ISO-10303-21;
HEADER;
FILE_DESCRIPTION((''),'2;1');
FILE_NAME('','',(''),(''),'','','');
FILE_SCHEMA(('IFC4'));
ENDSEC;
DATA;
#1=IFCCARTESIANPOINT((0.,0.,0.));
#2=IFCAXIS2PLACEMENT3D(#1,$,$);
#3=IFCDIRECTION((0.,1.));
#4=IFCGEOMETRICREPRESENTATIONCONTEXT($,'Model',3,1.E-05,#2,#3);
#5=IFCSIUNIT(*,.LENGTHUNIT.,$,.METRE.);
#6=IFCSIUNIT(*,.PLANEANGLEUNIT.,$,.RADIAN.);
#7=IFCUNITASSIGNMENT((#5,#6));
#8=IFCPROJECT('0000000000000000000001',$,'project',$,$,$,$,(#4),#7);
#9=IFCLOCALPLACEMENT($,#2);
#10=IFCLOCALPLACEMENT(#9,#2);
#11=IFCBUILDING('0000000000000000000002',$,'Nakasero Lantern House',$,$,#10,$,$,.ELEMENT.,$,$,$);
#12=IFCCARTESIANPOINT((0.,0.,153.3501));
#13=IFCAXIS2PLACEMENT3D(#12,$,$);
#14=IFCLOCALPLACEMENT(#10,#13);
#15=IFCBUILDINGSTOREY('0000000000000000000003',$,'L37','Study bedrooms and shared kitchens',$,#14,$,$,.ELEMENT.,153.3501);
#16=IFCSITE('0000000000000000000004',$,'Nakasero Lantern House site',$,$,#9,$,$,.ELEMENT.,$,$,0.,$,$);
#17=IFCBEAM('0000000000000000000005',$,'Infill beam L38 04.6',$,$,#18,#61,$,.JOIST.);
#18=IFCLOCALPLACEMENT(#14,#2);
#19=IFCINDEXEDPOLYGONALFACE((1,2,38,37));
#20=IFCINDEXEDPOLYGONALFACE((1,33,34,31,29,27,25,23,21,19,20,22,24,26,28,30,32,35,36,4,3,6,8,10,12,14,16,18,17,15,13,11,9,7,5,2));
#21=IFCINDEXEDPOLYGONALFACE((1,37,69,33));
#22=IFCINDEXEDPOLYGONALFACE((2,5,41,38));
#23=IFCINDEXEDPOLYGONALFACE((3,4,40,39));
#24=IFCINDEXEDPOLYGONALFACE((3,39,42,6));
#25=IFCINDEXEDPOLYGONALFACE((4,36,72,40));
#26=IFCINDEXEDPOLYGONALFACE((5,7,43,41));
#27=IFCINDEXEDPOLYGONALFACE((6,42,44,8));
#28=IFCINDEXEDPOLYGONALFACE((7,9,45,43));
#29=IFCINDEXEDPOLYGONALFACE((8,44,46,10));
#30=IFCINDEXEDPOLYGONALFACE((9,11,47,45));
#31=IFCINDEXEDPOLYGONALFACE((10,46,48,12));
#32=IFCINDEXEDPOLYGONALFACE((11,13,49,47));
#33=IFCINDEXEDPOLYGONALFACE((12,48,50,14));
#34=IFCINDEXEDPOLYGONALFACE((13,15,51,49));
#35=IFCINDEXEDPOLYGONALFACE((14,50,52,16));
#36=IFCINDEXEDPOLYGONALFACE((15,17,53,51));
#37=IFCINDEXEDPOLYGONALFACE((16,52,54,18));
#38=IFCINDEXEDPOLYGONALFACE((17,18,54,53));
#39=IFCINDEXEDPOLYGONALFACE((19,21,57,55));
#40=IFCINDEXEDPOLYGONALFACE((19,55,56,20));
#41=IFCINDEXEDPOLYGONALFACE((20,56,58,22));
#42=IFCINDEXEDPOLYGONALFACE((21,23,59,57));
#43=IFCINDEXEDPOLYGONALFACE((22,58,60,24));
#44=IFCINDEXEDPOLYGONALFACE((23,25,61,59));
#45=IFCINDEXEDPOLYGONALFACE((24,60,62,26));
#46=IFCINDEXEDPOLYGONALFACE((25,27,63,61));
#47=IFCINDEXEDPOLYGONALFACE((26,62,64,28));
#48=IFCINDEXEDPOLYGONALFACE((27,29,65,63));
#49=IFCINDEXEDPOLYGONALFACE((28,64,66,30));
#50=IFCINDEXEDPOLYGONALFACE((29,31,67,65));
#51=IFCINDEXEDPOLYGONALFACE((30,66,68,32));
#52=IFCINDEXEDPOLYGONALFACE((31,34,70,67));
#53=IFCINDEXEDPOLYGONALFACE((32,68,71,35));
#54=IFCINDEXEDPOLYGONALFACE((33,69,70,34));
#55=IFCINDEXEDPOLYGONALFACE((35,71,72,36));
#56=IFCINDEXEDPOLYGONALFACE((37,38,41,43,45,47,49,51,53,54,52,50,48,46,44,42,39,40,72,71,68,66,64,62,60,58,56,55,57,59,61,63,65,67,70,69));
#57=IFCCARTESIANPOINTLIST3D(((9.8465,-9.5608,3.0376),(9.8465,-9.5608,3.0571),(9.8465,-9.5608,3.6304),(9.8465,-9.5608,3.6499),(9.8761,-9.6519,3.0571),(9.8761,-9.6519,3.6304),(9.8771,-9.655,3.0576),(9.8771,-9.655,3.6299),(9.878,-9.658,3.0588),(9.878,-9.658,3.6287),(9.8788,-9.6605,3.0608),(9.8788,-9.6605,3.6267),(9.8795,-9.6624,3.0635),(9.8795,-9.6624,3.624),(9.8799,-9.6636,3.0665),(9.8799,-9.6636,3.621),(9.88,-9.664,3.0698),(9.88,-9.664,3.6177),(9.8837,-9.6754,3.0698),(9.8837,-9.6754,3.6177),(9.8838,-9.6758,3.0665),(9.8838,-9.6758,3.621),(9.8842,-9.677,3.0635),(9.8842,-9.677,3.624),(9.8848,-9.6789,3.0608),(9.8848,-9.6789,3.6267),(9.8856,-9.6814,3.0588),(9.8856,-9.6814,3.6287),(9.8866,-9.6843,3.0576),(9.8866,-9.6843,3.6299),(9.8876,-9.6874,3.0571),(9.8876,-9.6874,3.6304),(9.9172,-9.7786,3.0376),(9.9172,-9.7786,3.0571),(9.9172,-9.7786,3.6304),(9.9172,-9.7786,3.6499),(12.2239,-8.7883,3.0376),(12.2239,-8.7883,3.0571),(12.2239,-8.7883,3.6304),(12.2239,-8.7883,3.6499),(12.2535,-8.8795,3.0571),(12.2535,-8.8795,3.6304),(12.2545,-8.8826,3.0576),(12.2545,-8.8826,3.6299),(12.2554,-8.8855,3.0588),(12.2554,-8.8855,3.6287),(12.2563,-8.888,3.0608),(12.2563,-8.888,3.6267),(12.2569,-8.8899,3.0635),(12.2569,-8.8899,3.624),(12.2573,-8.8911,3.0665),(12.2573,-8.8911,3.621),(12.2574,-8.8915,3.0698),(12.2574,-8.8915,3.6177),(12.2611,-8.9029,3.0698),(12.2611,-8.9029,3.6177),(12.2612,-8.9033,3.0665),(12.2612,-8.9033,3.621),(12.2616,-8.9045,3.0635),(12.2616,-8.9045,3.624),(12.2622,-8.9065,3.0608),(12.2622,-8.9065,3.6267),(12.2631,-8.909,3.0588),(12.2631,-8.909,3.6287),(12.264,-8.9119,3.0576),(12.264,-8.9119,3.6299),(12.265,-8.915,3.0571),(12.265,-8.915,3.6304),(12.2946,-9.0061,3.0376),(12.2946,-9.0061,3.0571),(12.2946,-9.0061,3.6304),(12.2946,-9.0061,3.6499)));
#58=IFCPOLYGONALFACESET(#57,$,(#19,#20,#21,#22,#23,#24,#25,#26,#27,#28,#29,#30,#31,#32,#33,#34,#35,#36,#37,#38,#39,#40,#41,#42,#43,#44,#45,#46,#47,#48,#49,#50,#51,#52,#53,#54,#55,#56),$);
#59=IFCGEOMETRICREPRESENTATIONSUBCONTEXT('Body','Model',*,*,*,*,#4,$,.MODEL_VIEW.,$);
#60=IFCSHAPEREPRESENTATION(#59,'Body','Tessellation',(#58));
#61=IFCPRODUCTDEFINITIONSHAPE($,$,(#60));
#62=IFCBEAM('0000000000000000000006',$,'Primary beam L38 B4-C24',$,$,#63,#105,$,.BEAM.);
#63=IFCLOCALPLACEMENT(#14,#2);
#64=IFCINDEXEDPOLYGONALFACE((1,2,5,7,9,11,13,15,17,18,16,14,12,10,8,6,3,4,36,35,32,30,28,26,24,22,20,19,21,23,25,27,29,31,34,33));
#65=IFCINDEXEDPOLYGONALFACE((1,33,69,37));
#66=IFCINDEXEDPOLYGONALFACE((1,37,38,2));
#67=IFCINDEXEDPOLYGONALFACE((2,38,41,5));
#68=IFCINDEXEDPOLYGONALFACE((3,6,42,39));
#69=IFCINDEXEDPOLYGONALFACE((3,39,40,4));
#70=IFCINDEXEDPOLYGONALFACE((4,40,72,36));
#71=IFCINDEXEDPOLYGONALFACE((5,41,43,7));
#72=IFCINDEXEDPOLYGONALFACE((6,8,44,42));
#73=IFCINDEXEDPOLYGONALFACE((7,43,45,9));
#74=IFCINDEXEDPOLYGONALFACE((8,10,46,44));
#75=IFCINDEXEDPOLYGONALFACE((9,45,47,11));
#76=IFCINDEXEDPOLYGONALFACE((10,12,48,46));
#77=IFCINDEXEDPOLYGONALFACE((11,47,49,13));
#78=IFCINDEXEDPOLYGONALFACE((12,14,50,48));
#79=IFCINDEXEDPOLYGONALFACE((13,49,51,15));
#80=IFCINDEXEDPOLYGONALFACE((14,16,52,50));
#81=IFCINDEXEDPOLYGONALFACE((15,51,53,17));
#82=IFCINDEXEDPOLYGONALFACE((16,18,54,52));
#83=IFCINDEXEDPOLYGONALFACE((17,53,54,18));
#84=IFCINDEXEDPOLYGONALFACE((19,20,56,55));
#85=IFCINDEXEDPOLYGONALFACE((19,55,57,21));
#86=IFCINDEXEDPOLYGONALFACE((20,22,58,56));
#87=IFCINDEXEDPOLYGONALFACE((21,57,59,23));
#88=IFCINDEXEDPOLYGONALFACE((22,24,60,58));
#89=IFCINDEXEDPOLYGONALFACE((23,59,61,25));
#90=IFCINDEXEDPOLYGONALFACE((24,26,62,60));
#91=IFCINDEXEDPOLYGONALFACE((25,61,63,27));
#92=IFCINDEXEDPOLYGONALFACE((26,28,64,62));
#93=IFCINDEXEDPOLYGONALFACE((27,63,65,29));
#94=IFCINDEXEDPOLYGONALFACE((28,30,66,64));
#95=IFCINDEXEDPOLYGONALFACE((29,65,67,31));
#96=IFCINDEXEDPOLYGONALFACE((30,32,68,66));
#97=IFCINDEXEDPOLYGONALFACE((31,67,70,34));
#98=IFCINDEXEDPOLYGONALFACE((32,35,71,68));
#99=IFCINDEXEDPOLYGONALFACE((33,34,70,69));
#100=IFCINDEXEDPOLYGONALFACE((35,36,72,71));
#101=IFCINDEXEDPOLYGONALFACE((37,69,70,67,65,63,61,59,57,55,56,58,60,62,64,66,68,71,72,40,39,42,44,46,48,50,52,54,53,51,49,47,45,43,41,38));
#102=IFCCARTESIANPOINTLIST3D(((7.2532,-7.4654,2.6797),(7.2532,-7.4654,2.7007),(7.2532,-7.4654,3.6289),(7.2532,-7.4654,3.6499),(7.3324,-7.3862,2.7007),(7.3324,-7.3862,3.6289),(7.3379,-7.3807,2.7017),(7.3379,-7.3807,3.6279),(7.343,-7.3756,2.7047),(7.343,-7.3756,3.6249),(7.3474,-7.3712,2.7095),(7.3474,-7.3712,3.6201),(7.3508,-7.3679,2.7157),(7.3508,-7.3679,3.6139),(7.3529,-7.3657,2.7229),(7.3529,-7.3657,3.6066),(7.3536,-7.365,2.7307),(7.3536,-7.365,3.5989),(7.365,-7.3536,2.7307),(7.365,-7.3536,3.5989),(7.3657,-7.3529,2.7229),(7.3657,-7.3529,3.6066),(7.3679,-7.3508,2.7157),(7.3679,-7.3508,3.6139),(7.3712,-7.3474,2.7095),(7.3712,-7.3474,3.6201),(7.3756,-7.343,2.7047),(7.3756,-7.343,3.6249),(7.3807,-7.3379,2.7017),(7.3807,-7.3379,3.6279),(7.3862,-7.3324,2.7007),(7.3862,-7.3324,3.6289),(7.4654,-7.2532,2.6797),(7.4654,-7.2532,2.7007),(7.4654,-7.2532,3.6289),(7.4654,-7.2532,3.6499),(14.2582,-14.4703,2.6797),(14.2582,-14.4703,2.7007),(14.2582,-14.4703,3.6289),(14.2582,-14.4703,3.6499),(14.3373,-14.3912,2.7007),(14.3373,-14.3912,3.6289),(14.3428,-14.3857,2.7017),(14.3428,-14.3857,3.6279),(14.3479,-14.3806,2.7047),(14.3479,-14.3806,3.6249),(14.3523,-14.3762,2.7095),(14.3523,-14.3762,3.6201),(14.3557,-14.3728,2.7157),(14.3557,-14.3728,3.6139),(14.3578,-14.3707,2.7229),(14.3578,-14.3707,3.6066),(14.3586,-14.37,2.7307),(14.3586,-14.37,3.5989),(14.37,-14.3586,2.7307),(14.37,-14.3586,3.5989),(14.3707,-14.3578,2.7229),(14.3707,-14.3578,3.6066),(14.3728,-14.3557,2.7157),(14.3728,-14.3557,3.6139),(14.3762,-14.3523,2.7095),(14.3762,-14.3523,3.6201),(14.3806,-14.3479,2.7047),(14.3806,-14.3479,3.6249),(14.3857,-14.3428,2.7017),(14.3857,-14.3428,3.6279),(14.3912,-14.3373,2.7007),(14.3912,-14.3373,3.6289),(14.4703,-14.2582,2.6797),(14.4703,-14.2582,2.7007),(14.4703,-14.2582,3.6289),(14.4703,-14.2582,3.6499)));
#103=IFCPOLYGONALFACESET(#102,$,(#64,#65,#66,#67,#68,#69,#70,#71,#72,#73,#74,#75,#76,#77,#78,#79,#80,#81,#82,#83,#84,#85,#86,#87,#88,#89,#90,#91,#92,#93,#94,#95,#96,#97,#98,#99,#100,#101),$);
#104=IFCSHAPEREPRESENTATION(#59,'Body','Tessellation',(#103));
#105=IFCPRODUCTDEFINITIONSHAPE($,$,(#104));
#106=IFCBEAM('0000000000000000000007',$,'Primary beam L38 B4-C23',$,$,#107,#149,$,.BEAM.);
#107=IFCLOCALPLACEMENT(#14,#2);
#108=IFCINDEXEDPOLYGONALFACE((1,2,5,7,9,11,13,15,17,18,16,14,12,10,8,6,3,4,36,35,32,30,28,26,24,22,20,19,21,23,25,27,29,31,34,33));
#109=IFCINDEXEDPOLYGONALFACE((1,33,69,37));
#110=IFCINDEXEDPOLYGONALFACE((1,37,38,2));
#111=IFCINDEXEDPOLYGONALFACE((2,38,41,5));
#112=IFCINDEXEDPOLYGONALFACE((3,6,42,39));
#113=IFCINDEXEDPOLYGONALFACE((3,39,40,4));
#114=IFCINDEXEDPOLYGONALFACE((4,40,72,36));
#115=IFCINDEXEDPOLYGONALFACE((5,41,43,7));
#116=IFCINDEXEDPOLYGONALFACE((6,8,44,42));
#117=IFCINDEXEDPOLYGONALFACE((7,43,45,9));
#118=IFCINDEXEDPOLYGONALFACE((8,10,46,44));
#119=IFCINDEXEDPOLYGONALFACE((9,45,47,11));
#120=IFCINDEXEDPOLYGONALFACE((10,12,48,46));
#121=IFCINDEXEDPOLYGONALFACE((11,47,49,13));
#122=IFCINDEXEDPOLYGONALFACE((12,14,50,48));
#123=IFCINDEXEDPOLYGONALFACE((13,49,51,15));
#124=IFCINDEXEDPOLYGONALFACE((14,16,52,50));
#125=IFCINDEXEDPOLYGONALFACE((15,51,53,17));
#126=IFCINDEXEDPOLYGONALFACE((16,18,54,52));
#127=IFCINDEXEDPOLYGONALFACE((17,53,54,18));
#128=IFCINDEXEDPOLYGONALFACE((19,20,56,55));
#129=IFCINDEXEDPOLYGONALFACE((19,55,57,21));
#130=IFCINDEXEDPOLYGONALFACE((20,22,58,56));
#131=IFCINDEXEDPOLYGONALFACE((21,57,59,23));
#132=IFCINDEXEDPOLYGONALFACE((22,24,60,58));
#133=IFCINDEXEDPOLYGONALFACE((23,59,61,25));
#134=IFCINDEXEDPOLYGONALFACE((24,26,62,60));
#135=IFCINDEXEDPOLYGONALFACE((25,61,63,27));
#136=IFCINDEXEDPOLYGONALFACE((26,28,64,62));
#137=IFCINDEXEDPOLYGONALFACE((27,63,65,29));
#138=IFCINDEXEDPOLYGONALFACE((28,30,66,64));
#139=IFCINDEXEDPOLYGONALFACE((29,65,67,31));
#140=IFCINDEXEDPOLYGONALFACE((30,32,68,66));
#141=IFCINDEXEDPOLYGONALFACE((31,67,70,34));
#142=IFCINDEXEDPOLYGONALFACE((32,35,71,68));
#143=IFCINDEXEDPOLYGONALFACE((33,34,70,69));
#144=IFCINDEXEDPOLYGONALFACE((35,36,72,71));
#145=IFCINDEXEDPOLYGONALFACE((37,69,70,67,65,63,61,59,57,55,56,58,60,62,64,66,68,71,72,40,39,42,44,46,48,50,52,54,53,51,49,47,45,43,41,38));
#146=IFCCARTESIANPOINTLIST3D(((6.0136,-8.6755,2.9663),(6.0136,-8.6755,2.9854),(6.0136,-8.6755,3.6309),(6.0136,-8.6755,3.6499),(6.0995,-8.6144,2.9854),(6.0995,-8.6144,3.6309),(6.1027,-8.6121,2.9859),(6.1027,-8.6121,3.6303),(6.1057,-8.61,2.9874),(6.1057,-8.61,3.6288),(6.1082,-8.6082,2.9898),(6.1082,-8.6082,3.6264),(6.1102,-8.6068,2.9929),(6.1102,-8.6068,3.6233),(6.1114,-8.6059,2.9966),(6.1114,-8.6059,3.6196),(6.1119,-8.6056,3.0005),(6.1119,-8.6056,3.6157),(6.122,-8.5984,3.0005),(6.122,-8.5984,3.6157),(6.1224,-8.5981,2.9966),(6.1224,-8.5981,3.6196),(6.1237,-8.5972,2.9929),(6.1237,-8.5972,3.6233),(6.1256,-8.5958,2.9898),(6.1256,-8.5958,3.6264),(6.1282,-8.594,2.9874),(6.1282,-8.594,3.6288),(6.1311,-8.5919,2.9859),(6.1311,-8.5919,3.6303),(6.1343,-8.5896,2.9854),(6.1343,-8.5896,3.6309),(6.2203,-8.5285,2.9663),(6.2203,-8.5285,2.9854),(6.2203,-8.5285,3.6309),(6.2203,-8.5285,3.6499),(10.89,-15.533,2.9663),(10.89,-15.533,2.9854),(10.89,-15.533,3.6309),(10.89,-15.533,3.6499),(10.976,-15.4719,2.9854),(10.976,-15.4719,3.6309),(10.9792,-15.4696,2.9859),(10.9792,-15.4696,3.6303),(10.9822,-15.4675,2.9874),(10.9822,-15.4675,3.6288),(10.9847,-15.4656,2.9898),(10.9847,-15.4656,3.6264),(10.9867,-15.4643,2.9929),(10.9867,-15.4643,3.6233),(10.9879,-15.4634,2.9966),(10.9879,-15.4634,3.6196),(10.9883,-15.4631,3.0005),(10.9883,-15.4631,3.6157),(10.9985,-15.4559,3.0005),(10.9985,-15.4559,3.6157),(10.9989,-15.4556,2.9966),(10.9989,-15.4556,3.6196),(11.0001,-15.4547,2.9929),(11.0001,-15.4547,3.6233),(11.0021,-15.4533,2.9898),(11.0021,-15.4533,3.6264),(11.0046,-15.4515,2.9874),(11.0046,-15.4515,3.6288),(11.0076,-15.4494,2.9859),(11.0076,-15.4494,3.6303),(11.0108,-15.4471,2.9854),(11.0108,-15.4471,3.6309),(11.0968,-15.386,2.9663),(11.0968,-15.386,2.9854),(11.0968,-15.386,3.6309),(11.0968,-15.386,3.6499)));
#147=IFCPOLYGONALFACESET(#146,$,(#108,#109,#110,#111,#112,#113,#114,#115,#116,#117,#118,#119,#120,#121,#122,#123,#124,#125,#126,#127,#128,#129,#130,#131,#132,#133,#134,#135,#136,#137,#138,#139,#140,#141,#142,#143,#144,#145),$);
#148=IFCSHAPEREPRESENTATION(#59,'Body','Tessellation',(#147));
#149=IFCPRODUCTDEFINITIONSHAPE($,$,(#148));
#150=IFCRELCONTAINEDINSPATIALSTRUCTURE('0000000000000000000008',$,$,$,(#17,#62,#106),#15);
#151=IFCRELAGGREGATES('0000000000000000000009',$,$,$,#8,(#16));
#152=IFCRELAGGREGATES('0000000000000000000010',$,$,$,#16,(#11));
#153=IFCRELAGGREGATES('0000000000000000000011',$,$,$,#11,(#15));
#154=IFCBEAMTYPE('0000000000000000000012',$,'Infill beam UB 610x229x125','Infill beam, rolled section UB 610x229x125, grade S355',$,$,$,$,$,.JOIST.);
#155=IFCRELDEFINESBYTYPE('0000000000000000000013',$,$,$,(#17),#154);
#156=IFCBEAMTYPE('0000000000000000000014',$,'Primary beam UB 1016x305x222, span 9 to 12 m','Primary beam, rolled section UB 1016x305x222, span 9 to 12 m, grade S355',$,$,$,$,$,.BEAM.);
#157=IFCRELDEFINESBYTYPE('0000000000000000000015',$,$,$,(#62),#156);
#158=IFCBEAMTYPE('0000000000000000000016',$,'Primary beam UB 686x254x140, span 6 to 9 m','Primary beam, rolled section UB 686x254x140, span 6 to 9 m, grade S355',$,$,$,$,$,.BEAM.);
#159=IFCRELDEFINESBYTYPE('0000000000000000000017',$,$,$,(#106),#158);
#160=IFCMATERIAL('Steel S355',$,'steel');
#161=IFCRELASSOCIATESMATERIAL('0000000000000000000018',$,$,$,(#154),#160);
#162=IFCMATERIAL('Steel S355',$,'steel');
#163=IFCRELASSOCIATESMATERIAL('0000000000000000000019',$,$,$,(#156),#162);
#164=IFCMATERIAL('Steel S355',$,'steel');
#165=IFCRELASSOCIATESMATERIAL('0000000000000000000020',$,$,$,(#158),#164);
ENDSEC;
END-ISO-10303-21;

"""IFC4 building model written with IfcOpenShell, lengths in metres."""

from ifc_helpers import new_model, si_unit, direction, frame, origin, origin_2d, place, context, subcontext, project, spatial, i_section, extrude, material, material_profile, profile_set, type_object, element, save


model = new_model("IFC4")

# Units and contexts
model_context = context("Model", 3, precision=1e-05, world=origin(), true_north=direction((0.0, 1.0)))
body_context = subcontext(model_context, "Body", "Model", "MODEL_VIEW")
ifc_project = project(units=[si_unit("LENGTHUNIT", "METRE"), si_unit("PLANEANGLEUNIT", "RADIAN")], contexts=[model_context])

# Site, building, storey
site_placement = place(None, origin())
site = spatial("IfcSite", under=ifc_project, at=site_placement, Name="Nakasero Lantern House site", CompositionType="ELEMENT", RefElevation=0.0)
building_placement = place(site_placement, origin())
building = spatial("IfcBuilding", under=site, at=building_placement, Name="Nakasero Lantern House", CompositionType="ELEMENT")
storey_placement = place(building_placement, frame((0.0, 0.0, 153.3501)))
storey = spatial("IfcBuildingStorey", under=building, at=storey_placement, Name="L37", Description="Study bedrooms and shared kitchens", CompositionType="ELEMENT", Elevation=153.3501)

# Beams
ifc_material_1 = material(Name="Steel S355", Category="steel")
ifc_material_profile_1 = material_profile(ifc_material_1, i_section(OverallWidth=0.229, OverallDepth=0.6123, WebThickness=0.012, FlangeThickness=0.0195, FilletRadius=0.0127, at=origin_2d()), Name="UB 610x229x125")
ifc_profile_set_1 = profile_set([ifc_material_profile_1], Name="Steel S355")
beam_type_1 = type_object("IfcBeamType", Name="Infill beam UB 610x229x125", Description="Infill beam, rolled section UB 610x229x125, grade S355", PredefinedType="JOIST", material=ifc_profile_set_1)
beam_1_placement = place(storey_placement, frame((9.8818, -9.6697, 3.3438), z_axis=(0.951058, 0.309011, 0.0), x_axis=(-0.309011, 0.951058, 0.0)))
element("IfcBeam", 1, at=beam_1_placement, inside=storey, type_object=beam_type_1, Name="Infill beam L38 04.6", PredefinedType="JOIST", context=body_context, shape_type="SweptSolid", body=[
    extrude(i_section(OverallWidth=0.229, OverallDepth=0.6123, WebThickness=0.012, FlangeThickness=0.0195, FilletRadius=0.0127, at=origin_2d()), origin(), (0.0, 0.0, 1.0), 2.4998),
])
ifc_material_2 = material(Name="Steel S355", Category="steel")
ifc_material_profile_2 = material_profile(ifc_material_2, i_section(OverallWidth=0.3, OverallDepth=0.9702, WebThickness=0.0161, FlangeThickness=0.021, FilletRadius=0.03, at=origin_2d()), Name="UB 1016x305x222")
ifc_profile_set_2 = profile_set([ifc_material_profile_2], Name="Steel S355")
beam_type_2 = type_object("IfcBeamType", Name="Primary beam UB 1016x305x222, span 9 to 12 m", Description="Primary beam, rolled section UB 1016x305x222, span 9 to 12 m, grade S355", PredefinedType="BEAM", material=ifc_profile_set_2)
beam_2_placement = place(storey_placement, frame((14.3643, -14.3643, 3.1648), z_axis=(-0.707107, 0.707107, 0.0), x_axis=(-0.707107, -0.707107, 0.0)))
element("IfcBeam", 2, at=beam_2_placement, inside=storey, type_object=beam_type_2, Name="Primary beam L38 B4-C24", PredefinedType="BEAM", context=body_context, shape_type="SweptSolid", body=[
    extrude(i_section(OverallWidth=0.3, OverallDepth=0.9702, WebThickness=0.0161, FlangeThickness=0.021, FilletRadius=0.03, at=origin_2d()), origin(), (0.0, 0.0, 1.0), 9.9065),
])
ifc_material_3 = material(Name="Steel S355", Category="steel")
ifc_material_profile_3 = material_profile(ifc_material_3, i_section(OverallWidth=0.2537, OverallDepth=0.6836, WebThickness=0.0125, FlangeThickness=0.019, FilletRadius=0.0151, at=origin_2d()), Name="UB 686x254x140")
ifc_profile_set_3 = profile_set([ifc_material_profile_3], Name="Steel S355")
beam_type_3 = type_object("IfcBeamType", Name="Primary beam UB 686x254x140, span 6 to 9 m", Description="Primary beam, rolled section UB 686x254x140, span 6 to 9 m, grade S355", PredefinedType="BEAM", material=ifc_profile_set_3)
beam_3_placement = place(storey_placement, frame((10.9934, -15.4595, 3.3081), z_axis=(-0.57953, 0.814951, 0.0), x_axis=(-0.814951, -0.57953, 0.0)))
element("IfcBeam", 3, at=beam_3_placement, inside=storey, type_object=beam_type_3, Name="Primary beam L38 B4-C23", PredefinedType="BEAM", context=body_context, shape_type="SweptSolid", body=[
    extrude(i_section(OverallWidth=0.2537, OverallDepth=0.6836, WebThickness=0.0125, FlangeThickness=0.019, FilletRadius=0.0151, at=origin_2d()), origin(), (0.0, 0.0, 1.0), 8.4146),
])

save(model, "model.ifc")
